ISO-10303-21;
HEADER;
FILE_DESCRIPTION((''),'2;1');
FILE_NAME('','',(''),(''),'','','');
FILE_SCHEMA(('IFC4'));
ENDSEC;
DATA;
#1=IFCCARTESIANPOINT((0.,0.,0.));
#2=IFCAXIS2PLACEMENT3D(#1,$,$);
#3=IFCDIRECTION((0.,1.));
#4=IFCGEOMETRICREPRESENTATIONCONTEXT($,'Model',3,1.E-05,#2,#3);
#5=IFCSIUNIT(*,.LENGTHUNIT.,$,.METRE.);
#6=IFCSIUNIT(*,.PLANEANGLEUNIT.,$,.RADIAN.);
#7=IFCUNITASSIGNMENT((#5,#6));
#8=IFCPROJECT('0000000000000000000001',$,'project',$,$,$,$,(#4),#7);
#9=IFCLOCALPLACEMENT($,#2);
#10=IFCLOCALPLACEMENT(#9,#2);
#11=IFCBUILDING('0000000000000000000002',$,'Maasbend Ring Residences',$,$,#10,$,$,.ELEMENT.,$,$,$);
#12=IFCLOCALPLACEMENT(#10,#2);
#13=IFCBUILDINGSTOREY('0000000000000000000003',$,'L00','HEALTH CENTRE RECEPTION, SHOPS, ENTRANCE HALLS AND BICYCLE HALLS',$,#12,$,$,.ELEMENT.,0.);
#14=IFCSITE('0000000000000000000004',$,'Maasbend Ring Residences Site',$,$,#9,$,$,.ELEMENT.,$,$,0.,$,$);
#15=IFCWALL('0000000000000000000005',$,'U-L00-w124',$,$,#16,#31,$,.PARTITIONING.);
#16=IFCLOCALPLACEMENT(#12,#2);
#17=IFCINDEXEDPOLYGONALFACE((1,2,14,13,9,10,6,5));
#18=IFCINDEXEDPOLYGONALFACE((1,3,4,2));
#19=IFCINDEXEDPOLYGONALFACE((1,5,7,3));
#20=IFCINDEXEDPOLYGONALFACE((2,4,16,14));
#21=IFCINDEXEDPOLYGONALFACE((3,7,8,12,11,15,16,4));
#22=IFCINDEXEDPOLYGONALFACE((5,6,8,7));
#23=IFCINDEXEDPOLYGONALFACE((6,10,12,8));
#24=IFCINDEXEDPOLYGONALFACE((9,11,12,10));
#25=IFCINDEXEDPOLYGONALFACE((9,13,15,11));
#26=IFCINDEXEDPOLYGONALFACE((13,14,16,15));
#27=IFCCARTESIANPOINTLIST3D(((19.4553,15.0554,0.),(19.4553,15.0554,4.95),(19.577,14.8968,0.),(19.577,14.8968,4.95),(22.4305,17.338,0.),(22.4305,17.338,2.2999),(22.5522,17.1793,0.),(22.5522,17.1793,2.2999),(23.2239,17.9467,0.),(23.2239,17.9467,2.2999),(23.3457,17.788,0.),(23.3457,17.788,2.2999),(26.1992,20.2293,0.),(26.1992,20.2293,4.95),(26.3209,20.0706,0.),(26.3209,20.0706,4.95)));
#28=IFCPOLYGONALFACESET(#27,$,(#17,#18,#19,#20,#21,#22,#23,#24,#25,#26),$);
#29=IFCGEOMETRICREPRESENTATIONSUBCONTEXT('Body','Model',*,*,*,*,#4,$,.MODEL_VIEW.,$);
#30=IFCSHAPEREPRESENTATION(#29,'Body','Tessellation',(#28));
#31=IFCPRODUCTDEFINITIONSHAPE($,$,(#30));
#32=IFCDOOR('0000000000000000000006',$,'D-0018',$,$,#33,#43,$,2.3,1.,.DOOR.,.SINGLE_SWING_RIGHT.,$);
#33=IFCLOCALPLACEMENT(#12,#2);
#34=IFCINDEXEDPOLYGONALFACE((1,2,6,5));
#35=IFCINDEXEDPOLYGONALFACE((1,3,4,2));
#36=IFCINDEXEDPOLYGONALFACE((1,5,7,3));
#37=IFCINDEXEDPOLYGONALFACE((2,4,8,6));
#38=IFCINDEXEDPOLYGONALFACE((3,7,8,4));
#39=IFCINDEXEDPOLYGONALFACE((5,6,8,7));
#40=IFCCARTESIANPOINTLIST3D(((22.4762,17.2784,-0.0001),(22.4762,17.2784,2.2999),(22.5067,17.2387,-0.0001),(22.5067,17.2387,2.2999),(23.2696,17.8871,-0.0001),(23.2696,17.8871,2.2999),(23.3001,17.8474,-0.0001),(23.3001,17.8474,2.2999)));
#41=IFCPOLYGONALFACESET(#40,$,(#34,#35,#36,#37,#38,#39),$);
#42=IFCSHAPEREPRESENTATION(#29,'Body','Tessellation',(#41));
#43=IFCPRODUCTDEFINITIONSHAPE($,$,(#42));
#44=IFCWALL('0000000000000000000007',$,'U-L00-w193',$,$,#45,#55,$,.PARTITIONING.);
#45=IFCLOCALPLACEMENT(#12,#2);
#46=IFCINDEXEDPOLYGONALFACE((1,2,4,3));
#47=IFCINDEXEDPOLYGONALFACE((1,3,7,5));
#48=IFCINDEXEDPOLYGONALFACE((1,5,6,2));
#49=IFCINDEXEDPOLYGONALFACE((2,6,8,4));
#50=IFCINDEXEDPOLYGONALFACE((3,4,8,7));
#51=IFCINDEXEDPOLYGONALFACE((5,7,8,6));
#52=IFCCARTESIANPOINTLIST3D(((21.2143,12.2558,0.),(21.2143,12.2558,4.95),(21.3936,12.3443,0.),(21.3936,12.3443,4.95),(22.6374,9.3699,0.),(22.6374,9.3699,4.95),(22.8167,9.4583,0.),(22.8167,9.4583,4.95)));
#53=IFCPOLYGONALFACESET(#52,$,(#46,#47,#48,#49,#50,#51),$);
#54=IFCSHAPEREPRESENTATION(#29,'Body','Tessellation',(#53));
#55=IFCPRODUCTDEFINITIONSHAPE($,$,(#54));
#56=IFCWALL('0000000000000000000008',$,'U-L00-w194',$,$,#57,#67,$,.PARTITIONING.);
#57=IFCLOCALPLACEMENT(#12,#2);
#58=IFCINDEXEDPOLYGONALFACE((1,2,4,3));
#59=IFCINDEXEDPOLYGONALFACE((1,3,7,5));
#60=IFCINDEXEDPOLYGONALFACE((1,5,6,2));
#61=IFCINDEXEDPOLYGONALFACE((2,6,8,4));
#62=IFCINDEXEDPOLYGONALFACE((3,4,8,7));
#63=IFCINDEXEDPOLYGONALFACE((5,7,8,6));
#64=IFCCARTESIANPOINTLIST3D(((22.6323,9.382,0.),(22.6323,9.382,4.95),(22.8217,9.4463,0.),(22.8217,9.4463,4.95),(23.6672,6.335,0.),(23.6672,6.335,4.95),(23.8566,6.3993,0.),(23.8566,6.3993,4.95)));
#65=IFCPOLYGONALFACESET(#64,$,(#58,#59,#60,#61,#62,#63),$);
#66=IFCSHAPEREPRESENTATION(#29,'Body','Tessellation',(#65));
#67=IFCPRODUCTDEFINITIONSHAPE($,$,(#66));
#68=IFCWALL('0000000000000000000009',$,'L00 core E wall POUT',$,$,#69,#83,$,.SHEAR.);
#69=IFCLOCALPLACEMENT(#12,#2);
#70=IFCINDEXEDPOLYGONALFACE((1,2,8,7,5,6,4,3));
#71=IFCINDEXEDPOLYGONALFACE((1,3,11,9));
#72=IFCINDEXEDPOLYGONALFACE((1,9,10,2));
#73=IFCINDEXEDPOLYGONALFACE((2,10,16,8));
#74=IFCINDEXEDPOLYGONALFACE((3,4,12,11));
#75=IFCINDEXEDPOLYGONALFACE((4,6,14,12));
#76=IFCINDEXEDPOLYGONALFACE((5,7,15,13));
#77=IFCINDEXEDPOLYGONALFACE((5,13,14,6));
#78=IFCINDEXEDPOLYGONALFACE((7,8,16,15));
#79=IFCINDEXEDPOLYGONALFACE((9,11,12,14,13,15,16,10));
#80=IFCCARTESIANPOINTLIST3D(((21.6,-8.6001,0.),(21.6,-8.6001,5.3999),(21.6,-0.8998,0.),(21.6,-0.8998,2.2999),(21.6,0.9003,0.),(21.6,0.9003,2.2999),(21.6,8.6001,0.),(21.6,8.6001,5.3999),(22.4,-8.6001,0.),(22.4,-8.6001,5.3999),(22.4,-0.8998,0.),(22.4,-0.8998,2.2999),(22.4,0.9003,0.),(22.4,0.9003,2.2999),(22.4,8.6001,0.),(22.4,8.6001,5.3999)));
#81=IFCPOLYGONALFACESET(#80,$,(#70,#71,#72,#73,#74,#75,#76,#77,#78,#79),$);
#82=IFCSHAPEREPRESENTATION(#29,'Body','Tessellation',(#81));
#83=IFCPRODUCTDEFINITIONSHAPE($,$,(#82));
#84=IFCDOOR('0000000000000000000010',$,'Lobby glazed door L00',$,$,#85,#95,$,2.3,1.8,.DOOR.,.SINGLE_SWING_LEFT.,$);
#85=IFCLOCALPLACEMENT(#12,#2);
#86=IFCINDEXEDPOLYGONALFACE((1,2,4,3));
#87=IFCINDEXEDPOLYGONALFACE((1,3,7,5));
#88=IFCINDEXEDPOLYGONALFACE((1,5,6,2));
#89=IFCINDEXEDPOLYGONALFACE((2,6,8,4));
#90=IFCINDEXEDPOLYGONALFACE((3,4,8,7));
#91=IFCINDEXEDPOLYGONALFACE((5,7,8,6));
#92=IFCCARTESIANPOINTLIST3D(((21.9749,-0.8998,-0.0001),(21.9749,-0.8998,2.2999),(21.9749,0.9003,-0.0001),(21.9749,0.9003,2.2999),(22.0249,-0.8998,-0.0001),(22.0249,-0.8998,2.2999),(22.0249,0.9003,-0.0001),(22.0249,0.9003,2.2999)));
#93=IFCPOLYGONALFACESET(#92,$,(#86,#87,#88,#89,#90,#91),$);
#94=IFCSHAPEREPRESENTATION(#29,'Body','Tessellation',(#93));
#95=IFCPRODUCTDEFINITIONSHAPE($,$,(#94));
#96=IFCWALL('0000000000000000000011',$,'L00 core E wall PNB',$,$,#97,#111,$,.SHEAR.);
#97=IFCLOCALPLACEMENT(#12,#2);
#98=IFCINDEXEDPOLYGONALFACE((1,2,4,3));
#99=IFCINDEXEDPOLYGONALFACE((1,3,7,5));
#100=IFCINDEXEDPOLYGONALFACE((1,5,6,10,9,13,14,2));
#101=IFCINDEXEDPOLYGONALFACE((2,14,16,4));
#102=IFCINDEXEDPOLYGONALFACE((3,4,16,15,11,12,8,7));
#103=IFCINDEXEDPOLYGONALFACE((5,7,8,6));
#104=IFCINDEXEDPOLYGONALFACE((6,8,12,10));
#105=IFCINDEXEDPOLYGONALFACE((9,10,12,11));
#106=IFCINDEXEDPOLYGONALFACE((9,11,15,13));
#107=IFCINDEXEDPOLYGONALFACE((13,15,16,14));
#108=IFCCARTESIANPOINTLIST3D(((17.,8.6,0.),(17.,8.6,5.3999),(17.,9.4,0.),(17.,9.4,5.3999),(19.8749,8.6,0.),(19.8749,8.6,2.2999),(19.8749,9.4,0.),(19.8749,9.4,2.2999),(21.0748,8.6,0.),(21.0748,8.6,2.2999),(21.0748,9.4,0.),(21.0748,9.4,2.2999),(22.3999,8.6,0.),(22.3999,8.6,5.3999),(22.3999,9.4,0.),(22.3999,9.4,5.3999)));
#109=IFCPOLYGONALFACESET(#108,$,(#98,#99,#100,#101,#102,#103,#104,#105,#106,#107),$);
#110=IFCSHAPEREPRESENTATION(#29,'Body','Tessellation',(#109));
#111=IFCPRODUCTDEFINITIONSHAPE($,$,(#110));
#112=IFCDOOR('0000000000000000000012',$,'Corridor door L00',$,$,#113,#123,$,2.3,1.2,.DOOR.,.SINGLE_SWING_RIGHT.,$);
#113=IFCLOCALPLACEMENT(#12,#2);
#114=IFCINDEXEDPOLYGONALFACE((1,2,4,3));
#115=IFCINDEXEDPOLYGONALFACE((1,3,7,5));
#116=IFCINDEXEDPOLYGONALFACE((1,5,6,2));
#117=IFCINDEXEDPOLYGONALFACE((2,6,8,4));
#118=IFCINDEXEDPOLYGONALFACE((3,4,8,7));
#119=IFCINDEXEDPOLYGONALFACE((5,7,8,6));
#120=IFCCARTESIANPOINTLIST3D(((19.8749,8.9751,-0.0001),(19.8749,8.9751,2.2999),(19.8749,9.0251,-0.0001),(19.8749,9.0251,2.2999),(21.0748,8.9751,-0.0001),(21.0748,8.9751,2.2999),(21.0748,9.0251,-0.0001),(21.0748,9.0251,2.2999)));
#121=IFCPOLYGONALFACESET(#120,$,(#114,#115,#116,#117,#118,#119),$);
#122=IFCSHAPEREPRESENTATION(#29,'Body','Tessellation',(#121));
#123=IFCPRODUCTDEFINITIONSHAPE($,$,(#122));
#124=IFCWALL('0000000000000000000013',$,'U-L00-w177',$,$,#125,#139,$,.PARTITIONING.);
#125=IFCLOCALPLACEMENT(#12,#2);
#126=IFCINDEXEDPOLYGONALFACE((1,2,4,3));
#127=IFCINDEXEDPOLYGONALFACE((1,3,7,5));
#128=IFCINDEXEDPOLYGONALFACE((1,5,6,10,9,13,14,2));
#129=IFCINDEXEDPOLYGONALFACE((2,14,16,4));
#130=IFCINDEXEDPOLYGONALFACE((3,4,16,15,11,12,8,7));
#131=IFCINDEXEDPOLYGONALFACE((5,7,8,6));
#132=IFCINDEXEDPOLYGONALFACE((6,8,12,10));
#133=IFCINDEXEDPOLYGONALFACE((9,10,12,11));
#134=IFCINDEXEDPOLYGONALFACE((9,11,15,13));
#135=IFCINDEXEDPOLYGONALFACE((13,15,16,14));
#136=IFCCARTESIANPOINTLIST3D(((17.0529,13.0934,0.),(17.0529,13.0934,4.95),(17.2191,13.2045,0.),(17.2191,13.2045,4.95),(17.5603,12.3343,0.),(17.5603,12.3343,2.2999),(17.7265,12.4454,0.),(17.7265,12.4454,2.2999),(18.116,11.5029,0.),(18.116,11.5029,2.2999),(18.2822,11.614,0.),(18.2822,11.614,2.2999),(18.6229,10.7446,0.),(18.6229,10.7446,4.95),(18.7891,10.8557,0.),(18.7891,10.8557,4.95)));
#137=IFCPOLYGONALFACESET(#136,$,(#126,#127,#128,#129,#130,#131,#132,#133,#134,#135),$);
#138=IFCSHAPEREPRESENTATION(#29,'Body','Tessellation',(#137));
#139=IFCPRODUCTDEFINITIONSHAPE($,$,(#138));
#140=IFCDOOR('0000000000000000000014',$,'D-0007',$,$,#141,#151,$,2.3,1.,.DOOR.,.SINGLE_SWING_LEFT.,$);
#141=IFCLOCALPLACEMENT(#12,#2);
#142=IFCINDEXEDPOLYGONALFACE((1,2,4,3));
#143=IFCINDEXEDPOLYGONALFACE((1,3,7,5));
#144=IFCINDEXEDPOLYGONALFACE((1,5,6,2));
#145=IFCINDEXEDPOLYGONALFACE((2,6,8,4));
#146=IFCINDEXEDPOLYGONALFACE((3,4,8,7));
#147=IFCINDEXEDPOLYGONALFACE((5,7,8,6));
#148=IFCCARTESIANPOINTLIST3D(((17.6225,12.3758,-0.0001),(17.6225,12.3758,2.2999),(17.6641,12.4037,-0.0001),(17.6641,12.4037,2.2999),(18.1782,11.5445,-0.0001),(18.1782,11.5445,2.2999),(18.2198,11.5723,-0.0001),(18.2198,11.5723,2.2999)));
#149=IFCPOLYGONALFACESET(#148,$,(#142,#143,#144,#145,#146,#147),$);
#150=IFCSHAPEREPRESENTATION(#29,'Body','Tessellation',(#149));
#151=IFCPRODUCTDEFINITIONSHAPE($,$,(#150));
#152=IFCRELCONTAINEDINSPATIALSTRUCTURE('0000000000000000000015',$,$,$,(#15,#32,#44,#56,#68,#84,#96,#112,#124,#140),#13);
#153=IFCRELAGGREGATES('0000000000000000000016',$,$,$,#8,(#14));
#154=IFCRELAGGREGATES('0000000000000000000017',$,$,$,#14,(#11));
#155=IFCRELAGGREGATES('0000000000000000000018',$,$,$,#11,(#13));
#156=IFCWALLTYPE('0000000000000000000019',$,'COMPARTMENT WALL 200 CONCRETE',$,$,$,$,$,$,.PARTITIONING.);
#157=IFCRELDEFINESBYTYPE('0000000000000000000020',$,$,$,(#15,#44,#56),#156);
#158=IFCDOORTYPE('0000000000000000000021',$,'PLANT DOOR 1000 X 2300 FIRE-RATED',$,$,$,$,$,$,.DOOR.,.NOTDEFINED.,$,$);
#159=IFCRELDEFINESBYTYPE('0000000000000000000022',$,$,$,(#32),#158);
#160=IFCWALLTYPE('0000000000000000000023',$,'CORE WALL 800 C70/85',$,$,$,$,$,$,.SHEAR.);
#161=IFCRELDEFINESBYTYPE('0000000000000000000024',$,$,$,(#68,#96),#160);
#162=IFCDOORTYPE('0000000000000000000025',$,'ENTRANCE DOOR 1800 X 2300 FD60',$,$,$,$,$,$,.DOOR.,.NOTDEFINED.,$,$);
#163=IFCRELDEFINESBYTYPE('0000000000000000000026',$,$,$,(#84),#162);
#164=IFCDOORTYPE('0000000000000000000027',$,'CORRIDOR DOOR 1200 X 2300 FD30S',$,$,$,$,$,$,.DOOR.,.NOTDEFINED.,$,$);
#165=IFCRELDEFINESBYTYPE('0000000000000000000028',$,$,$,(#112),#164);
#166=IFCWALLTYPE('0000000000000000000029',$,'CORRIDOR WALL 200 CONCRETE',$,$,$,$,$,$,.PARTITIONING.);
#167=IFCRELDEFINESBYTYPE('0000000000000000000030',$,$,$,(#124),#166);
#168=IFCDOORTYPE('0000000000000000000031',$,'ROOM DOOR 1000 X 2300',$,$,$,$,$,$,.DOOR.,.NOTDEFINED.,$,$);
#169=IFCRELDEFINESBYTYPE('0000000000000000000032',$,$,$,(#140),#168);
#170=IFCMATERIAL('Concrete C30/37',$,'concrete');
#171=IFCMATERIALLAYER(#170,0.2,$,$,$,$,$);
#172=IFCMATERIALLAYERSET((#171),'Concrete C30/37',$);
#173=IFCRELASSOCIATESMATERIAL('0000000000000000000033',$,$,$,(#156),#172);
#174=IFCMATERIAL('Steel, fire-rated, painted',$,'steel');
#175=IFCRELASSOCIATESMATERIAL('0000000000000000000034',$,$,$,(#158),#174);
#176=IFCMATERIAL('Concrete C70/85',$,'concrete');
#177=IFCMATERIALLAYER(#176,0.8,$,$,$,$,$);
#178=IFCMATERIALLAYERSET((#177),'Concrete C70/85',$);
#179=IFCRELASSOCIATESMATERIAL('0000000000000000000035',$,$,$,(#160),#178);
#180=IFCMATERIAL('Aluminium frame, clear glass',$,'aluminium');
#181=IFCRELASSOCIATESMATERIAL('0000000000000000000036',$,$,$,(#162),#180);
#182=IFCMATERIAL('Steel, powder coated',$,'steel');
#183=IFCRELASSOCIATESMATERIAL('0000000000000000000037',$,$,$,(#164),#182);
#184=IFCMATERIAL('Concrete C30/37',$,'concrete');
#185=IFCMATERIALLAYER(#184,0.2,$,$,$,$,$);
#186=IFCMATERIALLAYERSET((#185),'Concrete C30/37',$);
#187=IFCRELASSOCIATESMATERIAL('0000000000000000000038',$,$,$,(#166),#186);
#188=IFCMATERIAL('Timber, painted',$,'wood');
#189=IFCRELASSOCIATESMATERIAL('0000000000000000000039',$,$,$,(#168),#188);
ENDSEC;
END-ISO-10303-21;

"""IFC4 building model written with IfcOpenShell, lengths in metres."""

from ifc_helpers import new_model, si_unit, direction, frame, frame_2d, origin, place, context, subcontext, project, spatial, rectangle, extrude, material, layer, layer_set, type_object, element, fill, save


model = new_model("IFC4")

# Units and contexts
model_context = context("Model", 3, precision=1e-05, world=origin(), true_north=direction((0.0, 1.0)))
body_context = subcontext(model_context, "Body", "Model", "MODEL_VIEW")
ifc_project = project(units=[si_unit("LENGTHUNIT", "METRE"), si_unit("PLANEANGLEUNIT", "RADIAN")], contexts=[model_context])

# Site, building, storey
site_placement = place(None, origin())
site = spatial("IfcSite", under=ifc_project, at=site_placement, Name="Maasbend Ring Residences Site", CompositionType="ELEMENT", RefElevation=0.0)
building_placement = place(site_placement, origin())
building = spatial("IfcBuilding", under=site, at=building_placement, Name="Maasbend Ring Residences", CompositionType="ELEMENT")
storey_placement = place(building_placement, origin())
storey = spatial("IfcBuildingStorey", under=building, at=storey_placement, Name="L00", Description="HEALTH CENTRE RECEPTION, SHOPS, ENTRANCE HALLS AND BICYCLE HALLS", CompositionType="ELEMENT", Elevation=0.0)

# Wall, opening, door
ifc_material_1 = material(Name="Concrete C30/37", Category="concrete")
ifc_layer_1 = layer(ifc_material_1, 0.2)
ifc_layer_set_1 = layer_set([ifc_layer_1], Name="Concrete C30/37")
wall_type_1 = type_object("IfcWallType", Name="COMPARTMENT WALL 200 CONCRETE", PredefinedType="PARTITIONING", material=ifc_layer_set_1)
wall_1_placement = place(storey_placement, frame((19.5161, 14.9761, 0.0), z_axis=(0.0, 0.0, 1.0), x_axis=(0.793407, 0.608691, 0.0)))
wall_1 = element("IfcWall", 1, at=wall_1_placement, inside=storey, type_object=wall_type_1, Name="U-L00-w124", PredefinedType="PARTITIONING", context=body_context, shape_type="SweptSolid", body=[
    extrude(rectangle(XDim=8.5, YDim=0.2, at=frame_2d((4.25, 0.0))), origin(), (0.0, 0.0, 1.0), 4.95),
])
opening_1_placement = place(wall_1_placement, frame((3.75, 0.0, 0.0)))
opening_1 = element("IfcOpeningElement", 2, at=opening_1_placement, cuts=wall_1, PredefinedType="OPENING", context=body_context, shape_type="SweptSolid", body=[
    extrude(rectangle(XDim=1.0, YDim=2.3, at=frame_2d((0.5, 1.1499))), frame((0.0, 0.1099, 0.0), z_axis=(0.0, -1.0, 0.0), x_axis=(1.0, 0.0, 0.0)), (0.0, 0.0, 1.0), 0.22),
])
ifc_material_2 = material(Name="Steel, fire-rated, painted", Category="steel")
door_type_1 = type_object("IfcDoorType", Name="PLANT DOOR 1000 X 2300 FIRE-RATED", OperationType="NOTDEFINED", PredefinedType="DOOR", material=ifc_material_2)
door_1_placement = place(opening_1_placement, origin())
door_1 = element("IfcDoor", 3, at=door_1_placement, inside=storey, type_object=door_type_1, Name="D-0018", OperationType="SINGLE_SWING_RIGHT", OverallHeight=2.3, OverallWidth=1.0, PredefinedType="DOOR", context=body_context, shape_type="SweptSolid", body=[
    extrude(rectangle(XDim=1.0, YDim=2.3, at=frame_2d((0.5, 1.1499))), frame((0.0, 0.0249, 0.0), z_axis=(0.0, -1.0, 0.0), x_axis=(1.0, 0.0, 0.0)), (0.0, 0.0, 1.0), 0.05),
])
fill(opening_1, door_1)

# Walls
wall_2_placement = place(storey_placement, frame((21.304, 12.3, 0.0), z_axis=(0.0, 0.0, 1.0), x_axis=(0.44226, -0.896887, 0.0)))
element("IfcWall", 4, at=wall_2_placement, inside=storey, type_object=wall_type_1, Name="U-L00-w193", PredefinedType="PARTITIONING", context=body_context, shape_type="SweptSolid", body=[
    extrude(rectangle(XDim=3.2178, YDim=0.2, at=frame_2d((1.6089, 0.0))), origin(), (0.0, 0.0, 1.0), 4.95),
])
wall_3_placement = place(storey_placement, frame((22.7271, 9.4141, 0.0), z_axis=(0.0, 0.0, 1.0), x_axis=(0.321594, -0.946878, 0.0)))
element("IfcWall", 5, at=wall_3_placement, inside=storey, type_object=wall_type_1, Name="U-L00-w194", PredefinedType="PARTITIONING", context=body_context, shape_type="SweptSolid", body=[
    extrude(rectangle(XDim=3.218, YDim=0.2, at=frame_2d((1.6089, 0.0))), origin(), (0.0, 0.0, 1.0), 4.95),
])

# Walls, openings, doors
ifc_material_3 = material(Name="Concrete C70/85", Category="concrete")
ifc_layer_2 = layer(ifc_material_3, 0.8)
ifc_layer_set_2 = layer_set([ifc_layer_2], Name="Concrete C70/85")
wall_type_2 = type_object("IfcWallType", Name="CORE WALL 800 C70/85", PredefinedType="SHEAR", material=ifc_layer_set_2)
wall_4_placement = place(storey_placement, frame((22.0, 8.6001, 0.0), z_axis=(0.0, 0.0, 1.0), x_axis=(0.0, -1.0, 0.0)))
wall_4 = element("IfcWall", 6, at=wall_4_placement, inside=storey, type_object=wall_type_2, Name="L00 core E wall POUT", PredefinedType="SHEAR", context=body_context, shape_type="SweptSolid", body=[
    extrude(rectangle(XDim=17.2002, YDim=0.8, at=frame_2d((8.6001, 0.0))), origin(), (0.0, 0.0, 1.0), 5.3999),
])
opening_2_placement = place(wall_4_placement, frame((7.7, 0.0, 0.0)))
opening_2 = element("IfcOpeningElement", 7, at=opening_2_placement, cuts=wall_4, PredefinedType="OPENING", context=body_context, shape_type="SweptSolid", body=[
    extrude(rectangle(XDim=1.8, YDim=2.3, at=frame_2d((0.8999, 1.1499))), frame((0.0, 0.4102, 0.0), z_axis=(0.0, -1.0, 0.0), x_axis=(1.0, 0.0, 0.0)), (0.0, 0.0, 1.0), 0.8201),
])
ifc_material_4 = material(Name="Aluminium frame, clear glass", Category="aluminium")
door_type_2 = type_object("IfcDoorType", Name="ENTRANCE DOOR 1800 X 2300 FD60", OperationType="NOTDEFINED", PredefinedType="DOOR", material=ifc_material_4)
door_2_placement = place(opening_2_placement, origin())
door_2 = element("IfcDoor", 8, at=door_2_placement, inside=storey, type_object=door_type_2, Name="Lobby glazed door L00", OperationType="SINGLE_SWING_LEFT", OverallHeight=2.3, OverallWidth=1.8, PredefinedType="DOOR", context=body_context, shape_type="SweptSolid", body=[
    extrude(rectangle(XDim=1.8, YDim=2.3, at=frame_2d((0.8999, 1.1499))), frame((0.0, 0.0249, 0.0), z_axis=(0.0, -1.0, 0.0), x_axis=(1.0, 0.0, 0.0)), (0.0, 0.0, 1.0), 0.05),
])
fill(opening_2, door_2)
wall_5_placement = place(storey_placement, frame((22.3999, 9.0, 0.0), z_axis=(0.0, 0.0, 1.0), x_axis=(-1.0, 0.0, 0.0)))
wall_5 = element("IfcWall", 9, at=wall_5_placement, inside=storey, type_object=wall_type_2, Name="L00 core E wall PNB", PredefinedType="SHEAR", context=body_context, shape_type="SweptSolid", body=[
    extrude(rectangle(XDim=5.3999, YDim=0.8, at=frame_2d((2.7, 0.0))), origin(), (0.0, 0.0, 1.0), 5.3999),
])
opening_3_placement = place(wall_5_placement, frame((1.325, 0.0, 0.0)))
opening_3 = element("IfcOpeningElement", 10, at=opening_3_placement, cuts=wall_5, PredefinedType="OPENING", context=body_context, shape_type="SweptSolid", body=[
    extrude(rectangle(XDim=1.2, YDim=2.3, at=frame_2d((0.6001, 1.1499))), frame((0.0, 0.4102, 0.0), z_axis=(0.0, -1.0, 0.0), x_axis=(1.0, 0.0, 0.0)), (0.0, 0.0, 1.0), 0.8201),
])
ifc_material_5 = material(Name="Steel, powder coated", Category="steel")
door_type_3 = type_object("IfcDoorType", Name="CORRIDOR DOOR 1200 X 2300 FD30S", OperationType="NOTDEFINED", PredefinedType="DOOR", material=ifc_material_5)
door_3_placement = place(opening_3_placement, origin())
door_3 = element("IfcDoor", 11, at=door_3_placement, inside=storey, type_object=door_type_3, Name="Corridor door L00", OperationType="SINGLE_SWING_RIGHT", OverallHeight=2.3, OverallWidth=1.2, PredefinedType="DOOR", context=body_context, shape_type="SweptSolid", body=[
    extrude(rectangle(XDim=1.2, YDim=2.3, at=frame_2d((0.6001, 1.1499))), frame((0.0, 0.0249, 0.0), z_axis=(0.0, -1.0, 0.0), x_axis=(1.0, 0.0, 0.0)), (0.0, 0.0, 1.0), 0.05),
])
fill(opening_3, door_3)
ifc_material_6 = material(Name="Concrete C30/37", Category="concrete")
ifc_layer_3 = layer(ifc_material_6, 0.2)
ifc_layer_set_3 = layer_set([ifc_layer_3], Name="Concrete C30/37")
wall_type_3 = type_object("IfcWallType", Name="CORRIDOR WALL 200 CONCRETE", PredefinedType="PARTITIONING", material=ifc_layer_set_3)
wall_6_placement = place(storey_placement, frame((17.136, 13.1489, 0.0), z_axis=(0.0, 0.0, 1.0), x_axis=(0.555717, -0.831372, 0.0)))
wall_6 = element("IfcWall", 12, at=wall_6_placement, inside=storey, type_object=wall_type_3, Name="U-L00-w177", PredefinedType="PARTITIONING", context=body_context, shape_type="SweptSolid", body=[
    extrude(rectangle(XDim=2.8252, YDim=0.2, at=frame_2d((1.4126, 0.0))), origin(), (0.0, 0.0, 1.0), 4.95),
])
opening_4_placement = place(wall_6_placement, frame((0.9131, 0.0, 0.0)))
opening_4 = element("IfcOpeningElement", 13, at=opening_4_placement, cuts=wall_6, PredefinedType="OPENING", context=body_context, shape_type="SweptSolid", body=[
    extrude(rectangle(XDim=1.0, YDim=2.3, at=frame_2d((0.5, 1.1499))), frame((0.0, 0.1099, 0.0), z_axis=(0.0, -1.0, 0.0), x_axis=(1.0, 0.0, 0.0)), (0.0, 0.0, 1.0), 0.22),
])
ifc_material_7 = material(Name="Timber, painted", Category="wood")
door_type_4 = type_object("IfcDoorType", Name="ROOM DOOR 1000 X 2300", OperationType="NOTDEFINED", PredefinedType="DOOR", material=ifc_material_7)
door_4_placement = place(opening_4_placement, origin())
door_4 = element("IfcDoor", 14, at=door_4_placement, inside=storey, type_object=door_type_4, Name="D-0007", OperationType="SINGLE_SWING_LEFT", OverallHeight=2.3, OverallWidth=1.0, PredefinedType="DOOR", context=body_context, shape_type="SweptSolid", body=[
    extrude(rectangle(XDim=1.0, YDim=2.3, at=frame_2d((0.5, 1.1499))), frame((0.0, 0.0249, 0.0), z_axis=(0.0, -1.0, 0.0), x_axis=(1.0, 0.0, 0.0)), (0.0, 0.0, 1.0), 0.05),
])
fill(opening_4, door_4)

save(model, "model.ifc")
